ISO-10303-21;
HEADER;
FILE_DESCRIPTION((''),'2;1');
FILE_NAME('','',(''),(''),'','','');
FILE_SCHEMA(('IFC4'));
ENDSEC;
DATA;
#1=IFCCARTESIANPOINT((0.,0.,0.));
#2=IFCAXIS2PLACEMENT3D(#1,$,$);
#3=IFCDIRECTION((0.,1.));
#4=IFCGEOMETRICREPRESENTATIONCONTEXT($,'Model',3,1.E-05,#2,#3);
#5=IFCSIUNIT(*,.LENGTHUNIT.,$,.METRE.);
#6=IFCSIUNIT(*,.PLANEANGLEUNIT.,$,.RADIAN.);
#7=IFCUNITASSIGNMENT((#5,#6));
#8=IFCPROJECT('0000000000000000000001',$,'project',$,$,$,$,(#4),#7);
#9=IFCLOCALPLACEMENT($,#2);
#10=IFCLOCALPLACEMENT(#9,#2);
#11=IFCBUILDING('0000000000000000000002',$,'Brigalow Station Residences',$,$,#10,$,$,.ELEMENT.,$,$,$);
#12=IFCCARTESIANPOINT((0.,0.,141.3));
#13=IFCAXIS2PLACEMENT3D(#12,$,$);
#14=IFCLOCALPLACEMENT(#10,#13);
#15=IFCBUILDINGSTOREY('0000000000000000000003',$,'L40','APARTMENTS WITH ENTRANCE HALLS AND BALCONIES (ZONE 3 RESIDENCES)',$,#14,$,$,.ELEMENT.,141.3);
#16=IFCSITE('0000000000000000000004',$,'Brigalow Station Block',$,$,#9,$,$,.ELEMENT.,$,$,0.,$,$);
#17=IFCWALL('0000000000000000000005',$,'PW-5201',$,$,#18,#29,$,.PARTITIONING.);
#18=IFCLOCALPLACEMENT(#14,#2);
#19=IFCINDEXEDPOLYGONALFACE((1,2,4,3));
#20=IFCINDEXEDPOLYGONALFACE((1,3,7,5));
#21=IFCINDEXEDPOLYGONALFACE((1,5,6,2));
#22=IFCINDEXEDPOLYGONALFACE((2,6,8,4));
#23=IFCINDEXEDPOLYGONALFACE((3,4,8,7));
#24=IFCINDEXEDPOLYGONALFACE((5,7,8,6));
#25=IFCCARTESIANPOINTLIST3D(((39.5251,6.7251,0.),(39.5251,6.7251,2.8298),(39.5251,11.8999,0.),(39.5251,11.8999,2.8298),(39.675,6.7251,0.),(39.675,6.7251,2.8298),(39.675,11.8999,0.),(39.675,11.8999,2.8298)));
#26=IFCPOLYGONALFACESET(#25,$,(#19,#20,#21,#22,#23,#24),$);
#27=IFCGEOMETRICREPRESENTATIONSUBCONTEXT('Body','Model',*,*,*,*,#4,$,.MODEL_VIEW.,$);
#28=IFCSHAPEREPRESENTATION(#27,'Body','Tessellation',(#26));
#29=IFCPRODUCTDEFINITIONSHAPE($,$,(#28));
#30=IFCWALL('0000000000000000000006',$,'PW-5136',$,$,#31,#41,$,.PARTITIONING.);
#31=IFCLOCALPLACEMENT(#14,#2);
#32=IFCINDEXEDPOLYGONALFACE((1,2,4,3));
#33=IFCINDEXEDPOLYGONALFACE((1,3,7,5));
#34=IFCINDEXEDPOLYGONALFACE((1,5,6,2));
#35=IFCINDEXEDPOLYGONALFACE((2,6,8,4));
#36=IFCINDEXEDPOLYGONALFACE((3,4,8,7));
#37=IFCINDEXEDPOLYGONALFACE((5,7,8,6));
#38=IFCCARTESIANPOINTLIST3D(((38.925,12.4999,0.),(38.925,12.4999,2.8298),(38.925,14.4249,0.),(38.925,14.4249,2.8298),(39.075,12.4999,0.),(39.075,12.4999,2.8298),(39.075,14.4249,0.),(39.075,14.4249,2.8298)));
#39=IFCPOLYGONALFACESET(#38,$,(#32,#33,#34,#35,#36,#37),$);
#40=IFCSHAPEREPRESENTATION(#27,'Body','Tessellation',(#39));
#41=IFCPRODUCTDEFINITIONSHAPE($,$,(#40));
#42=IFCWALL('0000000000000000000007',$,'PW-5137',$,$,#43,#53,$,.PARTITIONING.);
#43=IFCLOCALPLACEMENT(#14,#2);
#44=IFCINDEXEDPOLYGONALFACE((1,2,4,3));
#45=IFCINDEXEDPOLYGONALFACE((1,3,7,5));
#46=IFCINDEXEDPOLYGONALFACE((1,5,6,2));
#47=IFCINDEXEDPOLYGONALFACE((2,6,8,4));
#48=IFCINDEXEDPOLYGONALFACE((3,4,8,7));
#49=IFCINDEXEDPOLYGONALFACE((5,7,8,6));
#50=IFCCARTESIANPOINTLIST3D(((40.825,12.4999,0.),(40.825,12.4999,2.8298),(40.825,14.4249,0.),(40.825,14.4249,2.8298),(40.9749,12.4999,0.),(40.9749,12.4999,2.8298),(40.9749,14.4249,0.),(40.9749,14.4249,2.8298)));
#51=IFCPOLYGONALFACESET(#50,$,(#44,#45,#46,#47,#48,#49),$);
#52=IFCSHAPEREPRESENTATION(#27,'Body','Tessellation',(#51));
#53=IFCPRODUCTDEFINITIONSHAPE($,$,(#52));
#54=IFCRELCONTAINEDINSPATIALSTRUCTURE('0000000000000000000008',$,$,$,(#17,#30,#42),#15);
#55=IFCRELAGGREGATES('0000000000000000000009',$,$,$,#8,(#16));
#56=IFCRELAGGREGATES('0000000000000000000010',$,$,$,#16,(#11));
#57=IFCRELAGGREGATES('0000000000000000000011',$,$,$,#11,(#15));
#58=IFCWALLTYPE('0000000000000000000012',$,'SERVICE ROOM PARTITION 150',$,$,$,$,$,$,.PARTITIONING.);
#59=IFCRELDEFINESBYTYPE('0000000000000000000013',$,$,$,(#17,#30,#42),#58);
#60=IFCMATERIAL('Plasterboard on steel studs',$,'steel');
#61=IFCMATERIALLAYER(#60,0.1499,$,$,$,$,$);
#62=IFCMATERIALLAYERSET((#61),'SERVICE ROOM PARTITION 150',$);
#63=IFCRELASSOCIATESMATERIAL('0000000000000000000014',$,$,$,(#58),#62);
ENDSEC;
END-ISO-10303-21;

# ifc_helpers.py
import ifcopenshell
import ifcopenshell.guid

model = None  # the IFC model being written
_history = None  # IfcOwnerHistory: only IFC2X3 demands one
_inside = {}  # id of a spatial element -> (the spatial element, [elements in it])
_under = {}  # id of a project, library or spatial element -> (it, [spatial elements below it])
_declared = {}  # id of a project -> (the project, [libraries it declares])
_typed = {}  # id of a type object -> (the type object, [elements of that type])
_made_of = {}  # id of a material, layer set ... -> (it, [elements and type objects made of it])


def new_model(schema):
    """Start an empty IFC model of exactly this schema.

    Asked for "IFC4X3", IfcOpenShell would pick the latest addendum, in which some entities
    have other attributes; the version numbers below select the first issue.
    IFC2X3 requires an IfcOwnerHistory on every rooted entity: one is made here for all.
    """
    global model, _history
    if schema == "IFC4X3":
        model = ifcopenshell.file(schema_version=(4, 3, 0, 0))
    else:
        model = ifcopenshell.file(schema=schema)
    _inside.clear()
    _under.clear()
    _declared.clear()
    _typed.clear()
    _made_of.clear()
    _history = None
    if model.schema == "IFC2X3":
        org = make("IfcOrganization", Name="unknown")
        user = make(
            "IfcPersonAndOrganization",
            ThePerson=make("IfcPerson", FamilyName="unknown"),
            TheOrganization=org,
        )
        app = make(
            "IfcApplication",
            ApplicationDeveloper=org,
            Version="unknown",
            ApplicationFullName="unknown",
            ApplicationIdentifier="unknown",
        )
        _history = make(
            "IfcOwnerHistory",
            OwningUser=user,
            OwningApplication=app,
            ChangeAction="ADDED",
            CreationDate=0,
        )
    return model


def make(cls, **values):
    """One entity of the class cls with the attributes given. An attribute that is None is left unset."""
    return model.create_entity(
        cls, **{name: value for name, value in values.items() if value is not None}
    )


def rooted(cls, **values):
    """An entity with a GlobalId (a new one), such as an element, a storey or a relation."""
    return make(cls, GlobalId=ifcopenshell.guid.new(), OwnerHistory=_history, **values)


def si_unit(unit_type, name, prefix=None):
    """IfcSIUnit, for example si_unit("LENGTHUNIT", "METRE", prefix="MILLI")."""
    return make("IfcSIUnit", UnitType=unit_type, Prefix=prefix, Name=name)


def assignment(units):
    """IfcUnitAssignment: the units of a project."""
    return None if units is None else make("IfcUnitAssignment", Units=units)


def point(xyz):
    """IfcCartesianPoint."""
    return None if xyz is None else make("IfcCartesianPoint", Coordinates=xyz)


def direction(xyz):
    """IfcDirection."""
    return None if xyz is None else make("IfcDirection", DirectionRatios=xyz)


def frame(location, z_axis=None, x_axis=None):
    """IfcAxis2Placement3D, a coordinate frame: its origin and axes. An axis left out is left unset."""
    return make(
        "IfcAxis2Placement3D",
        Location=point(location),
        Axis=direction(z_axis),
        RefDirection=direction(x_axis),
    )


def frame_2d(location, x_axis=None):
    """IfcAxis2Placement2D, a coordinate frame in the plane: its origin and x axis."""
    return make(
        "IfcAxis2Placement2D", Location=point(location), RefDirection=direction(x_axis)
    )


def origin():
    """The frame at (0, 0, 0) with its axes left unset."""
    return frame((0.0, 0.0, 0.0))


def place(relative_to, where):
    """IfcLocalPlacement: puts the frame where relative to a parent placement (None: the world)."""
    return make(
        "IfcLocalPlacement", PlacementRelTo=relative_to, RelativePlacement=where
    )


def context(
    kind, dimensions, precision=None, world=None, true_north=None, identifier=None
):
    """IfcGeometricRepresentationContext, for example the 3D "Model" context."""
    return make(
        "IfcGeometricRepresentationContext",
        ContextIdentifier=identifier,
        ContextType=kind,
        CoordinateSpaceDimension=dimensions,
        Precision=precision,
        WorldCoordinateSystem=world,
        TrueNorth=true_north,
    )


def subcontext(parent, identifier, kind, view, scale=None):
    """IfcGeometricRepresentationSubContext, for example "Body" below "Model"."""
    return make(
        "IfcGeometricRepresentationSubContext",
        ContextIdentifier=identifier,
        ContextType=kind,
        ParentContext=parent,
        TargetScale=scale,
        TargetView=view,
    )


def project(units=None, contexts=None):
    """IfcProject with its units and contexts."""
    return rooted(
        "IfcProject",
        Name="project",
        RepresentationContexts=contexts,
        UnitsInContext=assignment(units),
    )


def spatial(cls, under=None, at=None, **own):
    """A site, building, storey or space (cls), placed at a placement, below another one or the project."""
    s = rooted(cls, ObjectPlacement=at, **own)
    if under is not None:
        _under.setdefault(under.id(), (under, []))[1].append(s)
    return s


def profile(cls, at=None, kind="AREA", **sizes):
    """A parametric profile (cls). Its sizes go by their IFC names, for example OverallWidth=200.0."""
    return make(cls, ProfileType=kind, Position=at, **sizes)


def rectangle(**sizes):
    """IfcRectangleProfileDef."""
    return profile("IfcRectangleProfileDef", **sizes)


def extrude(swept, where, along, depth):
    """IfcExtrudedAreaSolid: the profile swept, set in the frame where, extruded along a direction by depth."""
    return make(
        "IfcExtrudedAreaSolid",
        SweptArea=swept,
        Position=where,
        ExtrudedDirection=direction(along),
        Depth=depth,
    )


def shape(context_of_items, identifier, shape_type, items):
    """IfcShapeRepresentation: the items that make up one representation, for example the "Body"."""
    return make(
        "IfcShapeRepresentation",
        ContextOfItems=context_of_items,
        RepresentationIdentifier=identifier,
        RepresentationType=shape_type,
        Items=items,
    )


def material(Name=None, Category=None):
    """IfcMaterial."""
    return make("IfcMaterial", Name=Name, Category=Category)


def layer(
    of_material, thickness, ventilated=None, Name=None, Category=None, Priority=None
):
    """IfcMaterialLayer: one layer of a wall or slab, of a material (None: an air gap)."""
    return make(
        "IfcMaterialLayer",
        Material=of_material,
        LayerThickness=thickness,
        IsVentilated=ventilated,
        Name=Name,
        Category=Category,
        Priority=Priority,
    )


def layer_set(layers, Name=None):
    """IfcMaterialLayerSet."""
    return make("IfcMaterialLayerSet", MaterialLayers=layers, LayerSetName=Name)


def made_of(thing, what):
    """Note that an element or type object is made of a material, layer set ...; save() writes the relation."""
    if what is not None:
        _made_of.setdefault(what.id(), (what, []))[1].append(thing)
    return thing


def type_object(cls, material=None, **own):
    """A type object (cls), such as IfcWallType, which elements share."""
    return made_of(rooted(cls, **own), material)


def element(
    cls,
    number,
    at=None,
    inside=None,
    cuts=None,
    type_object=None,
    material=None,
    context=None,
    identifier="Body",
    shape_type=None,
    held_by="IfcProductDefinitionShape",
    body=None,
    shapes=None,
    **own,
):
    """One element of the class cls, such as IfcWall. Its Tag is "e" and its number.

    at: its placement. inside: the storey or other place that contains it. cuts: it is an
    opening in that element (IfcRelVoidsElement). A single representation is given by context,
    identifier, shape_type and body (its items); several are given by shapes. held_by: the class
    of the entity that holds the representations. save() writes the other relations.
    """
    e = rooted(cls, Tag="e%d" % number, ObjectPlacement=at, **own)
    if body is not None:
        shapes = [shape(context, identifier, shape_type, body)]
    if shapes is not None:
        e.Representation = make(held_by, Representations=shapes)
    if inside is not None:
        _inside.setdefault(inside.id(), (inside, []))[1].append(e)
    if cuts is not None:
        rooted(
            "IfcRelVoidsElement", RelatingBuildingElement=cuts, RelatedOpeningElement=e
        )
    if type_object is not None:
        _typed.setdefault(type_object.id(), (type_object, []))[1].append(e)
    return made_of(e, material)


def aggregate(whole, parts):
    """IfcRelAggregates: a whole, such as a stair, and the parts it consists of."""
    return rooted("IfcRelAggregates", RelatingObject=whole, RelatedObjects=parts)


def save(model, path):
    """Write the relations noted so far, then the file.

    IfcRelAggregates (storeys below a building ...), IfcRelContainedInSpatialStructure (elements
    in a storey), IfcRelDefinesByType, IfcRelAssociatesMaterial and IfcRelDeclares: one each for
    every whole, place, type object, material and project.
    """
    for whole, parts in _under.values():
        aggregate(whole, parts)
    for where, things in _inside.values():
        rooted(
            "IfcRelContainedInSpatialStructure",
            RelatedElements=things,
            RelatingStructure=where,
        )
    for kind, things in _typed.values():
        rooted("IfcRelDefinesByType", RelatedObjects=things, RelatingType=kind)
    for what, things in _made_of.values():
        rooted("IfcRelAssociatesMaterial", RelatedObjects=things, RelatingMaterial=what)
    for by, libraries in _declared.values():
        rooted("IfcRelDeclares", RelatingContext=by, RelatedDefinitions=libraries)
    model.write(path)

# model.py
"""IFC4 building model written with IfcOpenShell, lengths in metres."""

from ifc_helpers import new_model, si_unit, direction, frame, frame_2d, origin, place, context, subcontext, project, spatial, rectangle, extrude, material, layer, layer_set, type_object, element, save


model = new_model("IFC4")

# Units and contexts
model_context = context("Model", 3, precision=1e-05, world=origin(), true_north=direction((0.0, 1.0)))
body_context = subcontext(model_context, "Body", "Model", "MODEL_VIEW")
ifc_project = project(units=[si_unit("LENGTHUNIT", "METRE"), si_unit("PLANEANGLEUNIT", "RADIAN")], contexts=[model_context])

# Site, building, storey
site_placement = place(None, origin())
site = spatial("IfcSite", under=ifc_project, at=site_placement, Name="Brigalow Station Block", CompositionType="ELEMENT", RefElevation=0.0)
building_placement = place(site_placement, origin())
building = spatial("IfcBuilding", under=site, at=building_placement, Name="Brigalow Station Residences", CompositionType="ELEMENT")
storey_placement = place(building_placement, frame((0.0, 0.0, 141.3)))
storey = spatial("IfcBuildingStorey", under=building, at=storey_placement, Name="L40", Description="APARTMENTS WITH ENTRANCE HALLS AND BALCONIES (ZONE 3 RESIDENCES)", CompositionType="ELEMENT", Elevation=141.3)

# Shared definitions
ifc_material_1 = material(Name="Plasterboard on steel studs", Category="steel")
ifc_layer_1 = layer(ifc_material_1, 0.1499)
ifc_layer_set_1 = layer_set([ifc_layer_1], Name="SERVICE ROOM PARTITION 150")
wall_type_1 = type_object("IfcWallType", Name="SERVICE ROOM PARTITION 150", PredefinedType="PARTITIONING", material=ifc_layer_set_1)

# Walls
wall_1_placement = place(storey_placement, frame((39.6001, 6.7251, 0.0), z_axis=(0.0, 0.0, 1.0), x_axis=(0.0, 1.0, 0.0)))
element("IfcWall", 1, at=wall_1_placement, inside=storey, type_object=wall_type_1, Name="PW-5201", PredefinedType="PARTITIONING", context=body_context, shape_type="SweptSolid", body=[
    extrude(rectangle(XDim=5.1748, YDim=0.1499, at=frame_2d((2.5874, 0.0))), origin(), (0.0, 0.0, 1.0), 2.8298),
])
for number, where, z_axis, x_axis, name in (
    (2, (39.0, 12.5, 0.0), (0.0, 0.0, 1.0), (0.0, 1.0, 0.0), "PW-5136"),
    (3, (40.8999, 12.5, 0.0), (0.0, 0.0, 1.0), (0.0, 1.0, 0.0), "PW-5137"),
):
    element("IfcWall", number, at=place(storey_placement, frame(where, z_axis=z_axis, x_axis=x_axis)), inside=storey, type_object=wall_type_1, Name=name, PredefinedType="PARTITIONING", context=body_context, shape_type="SweptSolid", body=[
        extrude(rectangle(XDim=1.925, YDim=0.1499, at=frame_2d((0.9624, 0.0))), origin(), (0.0, 0.0, 1.0), 2.8298),
    ])

save(model, "model.ifc")
